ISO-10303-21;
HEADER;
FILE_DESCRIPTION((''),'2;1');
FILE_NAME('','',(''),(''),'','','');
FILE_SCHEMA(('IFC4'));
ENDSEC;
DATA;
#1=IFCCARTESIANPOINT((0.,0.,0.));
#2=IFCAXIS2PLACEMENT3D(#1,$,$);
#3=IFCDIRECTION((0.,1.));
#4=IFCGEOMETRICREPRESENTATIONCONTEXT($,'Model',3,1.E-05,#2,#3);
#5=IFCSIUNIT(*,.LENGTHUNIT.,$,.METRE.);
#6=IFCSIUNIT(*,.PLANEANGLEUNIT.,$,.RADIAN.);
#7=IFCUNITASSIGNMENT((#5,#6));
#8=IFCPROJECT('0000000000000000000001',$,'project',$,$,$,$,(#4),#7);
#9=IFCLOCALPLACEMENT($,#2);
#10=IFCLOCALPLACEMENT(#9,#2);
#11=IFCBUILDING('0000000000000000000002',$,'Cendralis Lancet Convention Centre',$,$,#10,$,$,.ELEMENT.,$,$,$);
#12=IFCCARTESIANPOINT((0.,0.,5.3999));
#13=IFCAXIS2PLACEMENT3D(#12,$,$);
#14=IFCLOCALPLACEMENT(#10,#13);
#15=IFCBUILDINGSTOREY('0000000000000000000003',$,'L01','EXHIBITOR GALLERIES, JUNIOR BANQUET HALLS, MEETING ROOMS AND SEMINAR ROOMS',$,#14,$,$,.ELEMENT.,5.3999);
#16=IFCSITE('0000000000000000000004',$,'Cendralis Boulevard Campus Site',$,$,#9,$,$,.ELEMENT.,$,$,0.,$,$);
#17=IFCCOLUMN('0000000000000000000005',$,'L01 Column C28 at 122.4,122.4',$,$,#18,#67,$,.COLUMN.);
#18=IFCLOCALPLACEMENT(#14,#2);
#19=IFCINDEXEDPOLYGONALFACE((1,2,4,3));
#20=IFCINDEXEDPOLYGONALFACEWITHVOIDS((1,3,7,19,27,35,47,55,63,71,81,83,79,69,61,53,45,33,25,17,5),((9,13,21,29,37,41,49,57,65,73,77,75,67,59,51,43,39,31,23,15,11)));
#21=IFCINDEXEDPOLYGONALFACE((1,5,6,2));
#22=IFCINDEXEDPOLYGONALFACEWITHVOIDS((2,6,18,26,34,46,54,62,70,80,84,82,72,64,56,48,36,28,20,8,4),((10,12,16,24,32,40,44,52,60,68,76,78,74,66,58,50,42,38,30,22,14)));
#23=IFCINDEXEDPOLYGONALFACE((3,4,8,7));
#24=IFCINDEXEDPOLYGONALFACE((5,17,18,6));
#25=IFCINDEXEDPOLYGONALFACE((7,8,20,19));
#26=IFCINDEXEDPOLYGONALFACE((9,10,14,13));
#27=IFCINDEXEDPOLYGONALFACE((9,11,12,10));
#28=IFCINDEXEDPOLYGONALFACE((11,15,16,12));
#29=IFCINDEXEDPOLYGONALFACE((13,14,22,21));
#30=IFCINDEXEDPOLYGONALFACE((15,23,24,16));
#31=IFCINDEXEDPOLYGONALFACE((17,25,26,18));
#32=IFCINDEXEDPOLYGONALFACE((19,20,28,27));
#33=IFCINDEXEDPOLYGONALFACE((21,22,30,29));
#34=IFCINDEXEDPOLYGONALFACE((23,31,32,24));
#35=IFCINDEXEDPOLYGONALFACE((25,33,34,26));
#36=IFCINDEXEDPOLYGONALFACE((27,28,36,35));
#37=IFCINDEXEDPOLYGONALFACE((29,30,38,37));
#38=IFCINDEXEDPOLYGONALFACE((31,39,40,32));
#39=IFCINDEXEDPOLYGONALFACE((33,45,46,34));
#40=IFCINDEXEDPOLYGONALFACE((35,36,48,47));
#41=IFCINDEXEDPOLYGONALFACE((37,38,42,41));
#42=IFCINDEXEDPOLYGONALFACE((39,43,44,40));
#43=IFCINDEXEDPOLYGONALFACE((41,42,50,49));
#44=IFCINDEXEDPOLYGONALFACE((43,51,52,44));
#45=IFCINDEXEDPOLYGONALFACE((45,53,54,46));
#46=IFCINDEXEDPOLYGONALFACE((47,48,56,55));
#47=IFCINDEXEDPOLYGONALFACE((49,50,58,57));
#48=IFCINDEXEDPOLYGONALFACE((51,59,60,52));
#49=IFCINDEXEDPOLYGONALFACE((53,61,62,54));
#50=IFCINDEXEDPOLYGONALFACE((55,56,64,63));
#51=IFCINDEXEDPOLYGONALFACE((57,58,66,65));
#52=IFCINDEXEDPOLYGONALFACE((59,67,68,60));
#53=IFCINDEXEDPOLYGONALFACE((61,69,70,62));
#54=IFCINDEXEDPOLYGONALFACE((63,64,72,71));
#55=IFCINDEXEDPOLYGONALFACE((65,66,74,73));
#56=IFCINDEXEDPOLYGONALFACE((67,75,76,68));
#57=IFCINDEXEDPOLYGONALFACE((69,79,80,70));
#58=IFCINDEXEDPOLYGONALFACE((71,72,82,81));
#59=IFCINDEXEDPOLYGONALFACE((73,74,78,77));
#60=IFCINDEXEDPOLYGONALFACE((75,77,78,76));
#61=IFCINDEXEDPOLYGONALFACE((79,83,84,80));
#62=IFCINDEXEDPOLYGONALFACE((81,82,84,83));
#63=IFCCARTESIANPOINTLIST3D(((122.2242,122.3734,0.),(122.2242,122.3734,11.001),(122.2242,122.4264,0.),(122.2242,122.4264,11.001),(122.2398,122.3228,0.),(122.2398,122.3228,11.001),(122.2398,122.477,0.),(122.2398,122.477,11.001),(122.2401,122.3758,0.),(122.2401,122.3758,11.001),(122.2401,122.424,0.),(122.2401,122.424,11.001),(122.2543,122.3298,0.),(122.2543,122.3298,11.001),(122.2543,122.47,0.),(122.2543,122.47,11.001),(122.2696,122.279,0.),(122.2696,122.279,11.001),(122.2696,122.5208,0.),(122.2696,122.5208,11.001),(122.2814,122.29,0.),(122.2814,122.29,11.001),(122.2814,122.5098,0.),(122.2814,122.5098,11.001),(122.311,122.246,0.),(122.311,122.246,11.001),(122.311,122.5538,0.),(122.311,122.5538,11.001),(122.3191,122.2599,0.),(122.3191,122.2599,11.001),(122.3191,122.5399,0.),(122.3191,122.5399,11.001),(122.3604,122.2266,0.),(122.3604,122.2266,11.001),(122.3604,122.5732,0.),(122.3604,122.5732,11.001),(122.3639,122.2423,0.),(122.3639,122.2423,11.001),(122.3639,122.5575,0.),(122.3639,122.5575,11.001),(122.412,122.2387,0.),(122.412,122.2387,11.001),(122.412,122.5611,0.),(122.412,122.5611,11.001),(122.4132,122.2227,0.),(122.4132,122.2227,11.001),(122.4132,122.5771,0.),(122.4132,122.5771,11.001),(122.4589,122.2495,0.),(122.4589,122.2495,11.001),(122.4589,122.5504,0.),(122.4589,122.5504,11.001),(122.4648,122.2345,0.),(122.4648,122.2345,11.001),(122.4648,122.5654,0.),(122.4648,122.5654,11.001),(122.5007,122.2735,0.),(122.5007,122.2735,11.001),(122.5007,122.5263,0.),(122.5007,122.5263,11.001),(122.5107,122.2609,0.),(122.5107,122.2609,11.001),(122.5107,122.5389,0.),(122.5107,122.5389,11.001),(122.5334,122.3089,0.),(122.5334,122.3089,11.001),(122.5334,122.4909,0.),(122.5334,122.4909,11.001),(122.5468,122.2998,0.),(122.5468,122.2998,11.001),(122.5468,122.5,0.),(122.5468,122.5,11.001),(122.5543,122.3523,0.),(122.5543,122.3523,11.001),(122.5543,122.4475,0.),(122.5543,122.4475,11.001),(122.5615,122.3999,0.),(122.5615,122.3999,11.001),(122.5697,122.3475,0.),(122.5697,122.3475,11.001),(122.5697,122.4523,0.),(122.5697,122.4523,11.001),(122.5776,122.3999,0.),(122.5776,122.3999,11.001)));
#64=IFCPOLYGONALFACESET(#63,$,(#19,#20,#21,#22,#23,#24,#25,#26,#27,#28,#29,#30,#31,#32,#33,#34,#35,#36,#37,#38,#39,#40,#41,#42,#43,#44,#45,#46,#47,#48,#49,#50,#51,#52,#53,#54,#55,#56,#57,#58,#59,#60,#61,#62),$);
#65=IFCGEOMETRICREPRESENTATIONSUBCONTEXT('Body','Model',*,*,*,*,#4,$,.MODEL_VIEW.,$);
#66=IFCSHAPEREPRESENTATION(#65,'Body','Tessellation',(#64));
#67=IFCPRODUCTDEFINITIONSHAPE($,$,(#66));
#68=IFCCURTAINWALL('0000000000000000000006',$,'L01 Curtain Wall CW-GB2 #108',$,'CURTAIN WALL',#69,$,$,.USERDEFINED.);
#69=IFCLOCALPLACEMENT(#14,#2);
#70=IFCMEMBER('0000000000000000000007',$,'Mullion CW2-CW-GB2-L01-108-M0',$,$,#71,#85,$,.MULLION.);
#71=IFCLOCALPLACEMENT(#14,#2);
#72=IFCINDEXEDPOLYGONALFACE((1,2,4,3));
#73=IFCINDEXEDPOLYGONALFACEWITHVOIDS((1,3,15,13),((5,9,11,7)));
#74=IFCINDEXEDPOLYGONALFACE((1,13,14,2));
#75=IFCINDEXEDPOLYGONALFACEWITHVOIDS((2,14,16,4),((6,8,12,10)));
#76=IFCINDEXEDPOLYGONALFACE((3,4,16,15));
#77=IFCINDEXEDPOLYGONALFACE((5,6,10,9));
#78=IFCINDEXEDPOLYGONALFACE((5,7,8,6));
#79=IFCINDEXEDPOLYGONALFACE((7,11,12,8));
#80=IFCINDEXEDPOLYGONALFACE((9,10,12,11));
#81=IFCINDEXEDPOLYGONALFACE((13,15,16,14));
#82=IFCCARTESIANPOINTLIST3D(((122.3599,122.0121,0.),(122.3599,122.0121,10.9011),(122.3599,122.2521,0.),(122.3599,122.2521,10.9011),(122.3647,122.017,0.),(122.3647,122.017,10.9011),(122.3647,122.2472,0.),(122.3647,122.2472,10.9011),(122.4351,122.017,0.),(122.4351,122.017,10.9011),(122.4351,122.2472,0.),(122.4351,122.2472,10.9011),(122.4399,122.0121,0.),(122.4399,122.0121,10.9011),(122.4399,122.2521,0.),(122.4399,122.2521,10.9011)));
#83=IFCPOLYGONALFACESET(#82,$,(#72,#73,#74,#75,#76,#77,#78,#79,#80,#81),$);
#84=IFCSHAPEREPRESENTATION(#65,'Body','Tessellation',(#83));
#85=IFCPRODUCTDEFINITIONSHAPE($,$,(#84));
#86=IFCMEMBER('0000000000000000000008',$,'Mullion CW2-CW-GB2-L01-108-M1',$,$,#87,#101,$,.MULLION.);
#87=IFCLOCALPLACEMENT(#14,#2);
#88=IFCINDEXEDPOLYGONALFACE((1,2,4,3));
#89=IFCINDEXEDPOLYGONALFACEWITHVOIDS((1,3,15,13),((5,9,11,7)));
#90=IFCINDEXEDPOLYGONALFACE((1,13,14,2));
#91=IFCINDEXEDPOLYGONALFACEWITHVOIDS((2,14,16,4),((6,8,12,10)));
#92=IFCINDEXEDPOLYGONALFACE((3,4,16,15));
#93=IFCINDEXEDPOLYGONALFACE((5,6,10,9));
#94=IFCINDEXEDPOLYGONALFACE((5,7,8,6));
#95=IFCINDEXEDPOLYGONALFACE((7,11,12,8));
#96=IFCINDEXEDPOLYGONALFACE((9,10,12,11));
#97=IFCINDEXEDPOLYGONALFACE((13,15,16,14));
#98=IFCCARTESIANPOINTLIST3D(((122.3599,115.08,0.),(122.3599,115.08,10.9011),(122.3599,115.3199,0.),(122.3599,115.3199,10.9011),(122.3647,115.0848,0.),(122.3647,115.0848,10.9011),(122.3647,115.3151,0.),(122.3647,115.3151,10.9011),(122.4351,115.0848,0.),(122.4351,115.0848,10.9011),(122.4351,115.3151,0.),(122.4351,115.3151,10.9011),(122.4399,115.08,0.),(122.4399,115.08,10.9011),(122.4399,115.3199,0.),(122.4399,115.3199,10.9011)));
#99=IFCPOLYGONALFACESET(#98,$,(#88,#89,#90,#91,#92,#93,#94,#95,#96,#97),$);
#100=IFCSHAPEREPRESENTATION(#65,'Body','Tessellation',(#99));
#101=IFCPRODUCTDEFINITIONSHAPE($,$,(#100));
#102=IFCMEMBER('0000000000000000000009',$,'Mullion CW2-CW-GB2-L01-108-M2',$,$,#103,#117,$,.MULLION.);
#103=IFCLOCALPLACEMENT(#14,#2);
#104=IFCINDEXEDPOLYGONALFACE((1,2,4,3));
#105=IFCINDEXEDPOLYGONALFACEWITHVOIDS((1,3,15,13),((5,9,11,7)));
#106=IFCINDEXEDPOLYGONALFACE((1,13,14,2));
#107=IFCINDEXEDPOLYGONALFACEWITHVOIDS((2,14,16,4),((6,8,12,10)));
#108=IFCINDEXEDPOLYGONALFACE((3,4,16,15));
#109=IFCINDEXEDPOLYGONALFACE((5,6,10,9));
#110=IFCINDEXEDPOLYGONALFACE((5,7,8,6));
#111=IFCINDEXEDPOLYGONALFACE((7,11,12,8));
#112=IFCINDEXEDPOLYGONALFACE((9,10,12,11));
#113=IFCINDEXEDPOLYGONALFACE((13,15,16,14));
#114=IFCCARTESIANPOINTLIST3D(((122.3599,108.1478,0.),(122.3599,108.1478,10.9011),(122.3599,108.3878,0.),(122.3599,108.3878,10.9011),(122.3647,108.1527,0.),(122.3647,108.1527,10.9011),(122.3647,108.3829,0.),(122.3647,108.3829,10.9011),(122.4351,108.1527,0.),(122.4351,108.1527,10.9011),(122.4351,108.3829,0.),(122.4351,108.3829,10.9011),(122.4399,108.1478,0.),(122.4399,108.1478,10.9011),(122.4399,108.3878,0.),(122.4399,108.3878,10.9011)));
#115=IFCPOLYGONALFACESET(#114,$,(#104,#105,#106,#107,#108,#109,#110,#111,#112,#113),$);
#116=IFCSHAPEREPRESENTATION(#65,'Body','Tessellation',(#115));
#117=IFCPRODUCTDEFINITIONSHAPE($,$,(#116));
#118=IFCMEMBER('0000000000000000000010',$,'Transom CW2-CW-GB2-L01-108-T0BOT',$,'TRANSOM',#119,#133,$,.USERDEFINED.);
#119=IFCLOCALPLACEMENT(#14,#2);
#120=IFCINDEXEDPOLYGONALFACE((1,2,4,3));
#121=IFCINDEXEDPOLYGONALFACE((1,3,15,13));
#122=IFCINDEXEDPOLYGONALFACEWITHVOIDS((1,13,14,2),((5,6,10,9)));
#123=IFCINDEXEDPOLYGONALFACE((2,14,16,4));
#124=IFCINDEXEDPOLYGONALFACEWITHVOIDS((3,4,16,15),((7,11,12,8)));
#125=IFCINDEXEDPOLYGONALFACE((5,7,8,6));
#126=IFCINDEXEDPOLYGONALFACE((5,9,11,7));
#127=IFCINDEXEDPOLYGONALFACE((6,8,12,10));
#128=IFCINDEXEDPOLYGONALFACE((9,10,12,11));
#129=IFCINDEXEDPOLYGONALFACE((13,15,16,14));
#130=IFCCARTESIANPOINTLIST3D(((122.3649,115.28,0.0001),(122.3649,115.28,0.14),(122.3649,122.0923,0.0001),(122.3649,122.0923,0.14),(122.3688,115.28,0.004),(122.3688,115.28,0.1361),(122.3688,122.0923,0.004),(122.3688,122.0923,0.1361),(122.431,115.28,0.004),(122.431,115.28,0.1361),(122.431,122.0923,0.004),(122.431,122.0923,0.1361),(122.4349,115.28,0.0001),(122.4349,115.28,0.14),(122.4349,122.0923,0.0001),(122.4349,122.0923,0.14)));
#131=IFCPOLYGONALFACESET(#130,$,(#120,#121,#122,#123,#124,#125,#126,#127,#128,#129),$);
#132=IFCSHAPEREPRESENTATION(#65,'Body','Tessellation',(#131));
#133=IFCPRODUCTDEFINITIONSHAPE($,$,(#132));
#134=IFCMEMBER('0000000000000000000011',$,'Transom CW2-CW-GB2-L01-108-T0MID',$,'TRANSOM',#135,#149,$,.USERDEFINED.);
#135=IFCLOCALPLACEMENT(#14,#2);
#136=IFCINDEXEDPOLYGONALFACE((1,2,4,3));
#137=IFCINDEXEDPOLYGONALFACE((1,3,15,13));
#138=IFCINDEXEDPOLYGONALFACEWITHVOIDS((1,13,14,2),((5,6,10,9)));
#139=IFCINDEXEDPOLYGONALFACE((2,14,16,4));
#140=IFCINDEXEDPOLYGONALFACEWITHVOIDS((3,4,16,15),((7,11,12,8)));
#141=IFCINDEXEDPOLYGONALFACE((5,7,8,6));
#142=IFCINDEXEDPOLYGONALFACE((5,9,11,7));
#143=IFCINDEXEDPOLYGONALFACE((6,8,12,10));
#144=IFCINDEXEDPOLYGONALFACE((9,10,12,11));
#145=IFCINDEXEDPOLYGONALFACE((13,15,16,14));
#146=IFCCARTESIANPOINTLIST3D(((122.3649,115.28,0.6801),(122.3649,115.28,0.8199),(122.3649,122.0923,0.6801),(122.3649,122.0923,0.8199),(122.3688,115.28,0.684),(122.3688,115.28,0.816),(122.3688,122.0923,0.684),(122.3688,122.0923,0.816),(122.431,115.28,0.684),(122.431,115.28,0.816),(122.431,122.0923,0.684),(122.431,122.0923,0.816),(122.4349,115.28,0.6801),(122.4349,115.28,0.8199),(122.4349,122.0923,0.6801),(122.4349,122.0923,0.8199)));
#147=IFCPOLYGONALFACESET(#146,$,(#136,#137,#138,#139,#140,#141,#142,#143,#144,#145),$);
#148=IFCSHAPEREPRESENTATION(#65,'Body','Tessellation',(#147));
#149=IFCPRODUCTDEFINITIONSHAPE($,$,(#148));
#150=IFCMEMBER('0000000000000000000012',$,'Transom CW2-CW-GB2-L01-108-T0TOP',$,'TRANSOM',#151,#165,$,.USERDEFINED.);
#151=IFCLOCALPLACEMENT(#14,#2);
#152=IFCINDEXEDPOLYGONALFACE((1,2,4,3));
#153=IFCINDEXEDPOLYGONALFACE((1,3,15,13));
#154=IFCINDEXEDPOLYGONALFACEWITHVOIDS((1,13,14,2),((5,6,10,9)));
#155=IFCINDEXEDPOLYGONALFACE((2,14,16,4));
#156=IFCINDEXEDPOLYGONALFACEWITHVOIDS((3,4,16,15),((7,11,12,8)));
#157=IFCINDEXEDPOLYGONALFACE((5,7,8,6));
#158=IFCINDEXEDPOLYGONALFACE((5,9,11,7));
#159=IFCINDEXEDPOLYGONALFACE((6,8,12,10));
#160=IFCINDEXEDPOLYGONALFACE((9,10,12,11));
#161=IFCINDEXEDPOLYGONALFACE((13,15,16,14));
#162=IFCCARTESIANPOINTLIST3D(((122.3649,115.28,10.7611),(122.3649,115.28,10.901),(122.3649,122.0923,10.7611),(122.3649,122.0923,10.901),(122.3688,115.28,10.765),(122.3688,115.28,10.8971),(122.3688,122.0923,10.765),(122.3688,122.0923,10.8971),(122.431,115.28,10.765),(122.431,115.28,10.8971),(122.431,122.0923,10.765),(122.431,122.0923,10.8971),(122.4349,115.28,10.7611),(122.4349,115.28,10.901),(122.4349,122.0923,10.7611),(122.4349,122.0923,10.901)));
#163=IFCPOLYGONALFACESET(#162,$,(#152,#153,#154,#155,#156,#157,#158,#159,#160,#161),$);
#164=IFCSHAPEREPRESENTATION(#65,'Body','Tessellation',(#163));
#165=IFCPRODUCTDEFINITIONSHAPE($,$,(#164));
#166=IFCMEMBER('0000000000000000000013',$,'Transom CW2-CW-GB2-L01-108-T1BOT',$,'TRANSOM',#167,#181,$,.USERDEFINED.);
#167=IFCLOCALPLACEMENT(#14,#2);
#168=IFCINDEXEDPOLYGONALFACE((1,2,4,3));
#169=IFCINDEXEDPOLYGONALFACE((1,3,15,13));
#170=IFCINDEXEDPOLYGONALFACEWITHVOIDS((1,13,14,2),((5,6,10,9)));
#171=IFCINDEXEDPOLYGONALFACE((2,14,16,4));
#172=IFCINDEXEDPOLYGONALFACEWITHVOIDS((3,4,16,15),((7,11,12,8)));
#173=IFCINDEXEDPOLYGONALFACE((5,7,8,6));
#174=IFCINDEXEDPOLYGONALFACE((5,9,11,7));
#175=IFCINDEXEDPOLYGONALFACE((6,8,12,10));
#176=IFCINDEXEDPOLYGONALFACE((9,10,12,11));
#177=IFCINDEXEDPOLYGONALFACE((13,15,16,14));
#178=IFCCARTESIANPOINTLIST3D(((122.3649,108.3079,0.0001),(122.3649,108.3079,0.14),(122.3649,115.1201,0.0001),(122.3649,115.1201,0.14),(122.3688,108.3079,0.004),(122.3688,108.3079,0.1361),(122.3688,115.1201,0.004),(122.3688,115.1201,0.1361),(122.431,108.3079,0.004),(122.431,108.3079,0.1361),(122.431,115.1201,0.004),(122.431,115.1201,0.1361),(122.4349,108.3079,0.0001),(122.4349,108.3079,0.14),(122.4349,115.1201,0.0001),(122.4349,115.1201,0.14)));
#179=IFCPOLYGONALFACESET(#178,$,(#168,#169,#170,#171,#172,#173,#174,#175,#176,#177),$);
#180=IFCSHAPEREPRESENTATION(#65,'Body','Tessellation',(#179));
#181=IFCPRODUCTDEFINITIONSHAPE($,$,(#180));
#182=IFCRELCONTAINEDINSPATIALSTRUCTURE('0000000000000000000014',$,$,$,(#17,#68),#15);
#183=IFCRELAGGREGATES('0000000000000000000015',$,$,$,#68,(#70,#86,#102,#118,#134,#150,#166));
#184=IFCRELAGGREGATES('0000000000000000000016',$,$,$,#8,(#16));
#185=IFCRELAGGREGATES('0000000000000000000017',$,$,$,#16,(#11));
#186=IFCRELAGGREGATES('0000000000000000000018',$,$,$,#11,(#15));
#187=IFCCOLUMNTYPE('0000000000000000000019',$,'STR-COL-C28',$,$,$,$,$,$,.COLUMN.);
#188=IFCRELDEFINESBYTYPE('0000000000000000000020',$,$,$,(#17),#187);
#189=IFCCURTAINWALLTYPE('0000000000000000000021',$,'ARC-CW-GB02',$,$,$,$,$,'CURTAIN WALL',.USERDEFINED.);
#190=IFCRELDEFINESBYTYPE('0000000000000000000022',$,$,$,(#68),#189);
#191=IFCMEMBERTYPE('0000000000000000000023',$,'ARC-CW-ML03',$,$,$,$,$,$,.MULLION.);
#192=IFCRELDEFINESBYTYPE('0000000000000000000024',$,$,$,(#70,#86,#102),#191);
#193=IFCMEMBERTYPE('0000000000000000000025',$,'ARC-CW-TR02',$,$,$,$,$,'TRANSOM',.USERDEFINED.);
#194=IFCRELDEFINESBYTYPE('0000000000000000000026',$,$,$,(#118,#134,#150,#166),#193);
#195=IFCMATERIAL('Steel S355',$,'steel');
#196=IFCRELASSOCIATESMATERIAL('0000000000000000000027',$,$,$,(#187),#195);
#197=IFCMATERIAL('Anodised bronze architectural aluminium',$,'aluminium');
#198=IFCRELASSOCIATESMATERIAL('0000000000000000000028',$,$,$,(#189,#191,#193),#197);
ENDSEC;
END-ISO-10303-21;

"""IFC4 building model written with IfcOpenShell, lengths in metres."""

from ifc_helpers import new_model, si_unit, direction, frame, origin, origin_2d, place, context, subcontext, project, spatial, hollow_rectangle, hollow_circle, extrude, material, material_profile, profile_set, type_object, element, aggregate, save


model = new_model("IFC4")

# Units and contexts
model_context = context("Model", 3, precision=1e-05, world=origin(), true_north=direction((0.0, 1.0)))
body_context = subcontext(model_context, "Body", "Model", "MODEL_VIEW")
ifc_project = project(units=[si_unit("LENGTHUNIT", "METRE"), si_unit("PLANEANGLEUNIT", "RADIAN")], contexts=[model_context])

# Site, building, storey
site_placement = place(None, origin())
site = spatial("IfcSite", under=ifc_project, at=site_placement, Name="Cendralis Boulevard Campus Site", CompositionType="ELEMENT", RefElevation=0.0)
building_placement = place(site_placement, origin())
building = spatial("IfcBuilding", under=site, at=building_placement, Name="Cendralis Lancet Convention Centre", CompositionType="ELEMENT")
storey_placement = place(building_placement, frame((0.0, 0.0, 5.3999)))
storey = spatial("IfcBuildingStorey", under=building, at=storey_placement, Name="L01", Description="EXHIBITOR GALLERIES, JUNIOR BANQUET HALLS, MEETING ROOMS AND SEMINAR ROOMS", CompositionType="ELEMENT", Elevation=5.3999)

# Column
ifc_material_1 = material(Name="Steel S355", Category="steel")
ifc_material_profile_1 = material_profile(ifc_material_1, hollow_circle(Radius=0.1777, WallThickness=0.0161, at=origin_2d()), Name="CHS 355.6x16.0")
ifc_profile_set_1 = profile_set([ifc_material_profile_1], Name="Steel S355")
column_type = type_object("IfcColumnType", Name="STR-COL-C28", PredefinedType="COLUMN", material=ifc_profile_set_1)
column_placement = place(storey_placement, frame((122.3999, 122.3999, 0.0), z_axis=(0.0, 0.0, 1.0), x_axis=(1.0, 0.0, 0.0)))
element("IfcColumn", 1, at=column_placement, inside=storey, type_object=column_type, Name="L01 Column C28 at 122.4,122.4", PredefinedType="COLUMN", context=body_context, shape_type="SweptSolid", body=[
    extrude(hollow_circle(Radius=0.1777, WallThickness=0.0161, at=origin_2d()), origin(), (0.0, 0.0, 1.0), 11.001),
])

# Curtain wall, members
ifc_material_2 = material(Name="Anodised bronze architectural aluminium", Category="aluminium")
curtain_wall_type = type_object("IfcCurtainWallType", Name="ARC-CW-GB02", ElementType="CURTAIN WALL", PredefinedType="USERDEFINED", material=ifc_material_2)
curtain_wall_placement = place(storey_placement, origin())
curtain_wall = element("IfcCurtainWall", 2, at=curtain_wall_placement, inside=storey, type_object=curtain_wall_type, Name="L01 Curtain Wall CW-GB2 #108", ObjectType="CURTAIN WALL", PredefinedType="USERDEFINED")
ifc_material_profile_2 = material_profile(ifc_material_2, hollow_rectangle(XDim=0.0801, YDim=0.24, WallThickness=0.0049, at=origin_2d()), Name="AL-MULL 80x240x5.0")
ifc_profile_set_2 = profile_set([ifc_material_profile_2], Name="Anodised bronze architectural aluminium")
member_type_1 = type_object("IfcMemberType", Name="ARC-CW-ML03", PredefinedType="MULLION", material=ifc_profile_set_2)
member_1_placement = place(storey_placement, frame((122.3999, 122.1321, 0.0), z_axis=(0.0, 0.0, 1.0), x_axis=(1.0, 0.0, 0.0)))
member_1 = element("IfcMember", 3, at=member_1_placement, type_object=member_type_1, Name="Mullion CW2-CW-GB2-L01-108-M0", PredefinedType="MULLION", context=body_context, shape_type="SweptSolid", body=[
    extrude(hollow_rectangle(XDim=0.0801, YDim=0.24, WallThickness=0.0049, at=origin_2d()), origin(), (0.0, 0.0, 1.0), 10.9011),
])
member_2_placement = place(storey_placement, frame((122.3999, 115.2, 0.0), z_axis=(0.0, 0.0, 1.0), x_axis=(1.0, 0.0, 0.0)))
member_2 = element("IfcMember", 4, at=member_2_placement, type_object=member_type_1, Name="Mullion CW2-CW-GB2-L01-108-M1", PredefinedType="MULLION", context=body_context, shape_type="SweptSolid", body=[
    extrude(hollow_rectangle(XDim=0.0801, YDim=0.24, WallThickness=0.0049, at=origin_2d()), origin(), (0.0, 0.0, 1.0), 10.9011),
])
member_3_placement = place(storey_placement, frame((122.3999, 108.2678, 0.0), z_axis=(0.0, 0.0, 1.0), x_axis=(1.0, 0.0, 0.0)))
member_3 = element("IfcMember", 5, at=member_3_placement, type_object=member_type_1, Name="Mullion CW2-CW-GB2-L01-108-M2", PredefinedType="MULLION", context=body_context, shape_type="SweptSolid", body=[
    extrude(hollow_rectangle(XDim=0.0801, YDim=0.24, WallThickness=0.0049, at=origin_2d()), origin(), (0.0, 0.0, 1.0), 10.9011),
])
ifc_material_profile_3 = material_profile(ifc_material_2, hollow_rectangle(XDim=0.0701, YDim=0.1399, WallThickness=0.0039, at=origin_2d()), Name="AL-TRAN 70x140x4.0")
ifc_profile_set_3 = profile_set([ifc_material_profile_3], Name="Anodised bronze architectural aluminium")
member_type_2 = type_object("IfcMemberType", Name="ARC-CW-TR02", ElementType="TRANSOM", PredefinedType="USERDEFINED", material=ifc_profile_set_3)
member_4_placement = place(storey_placement, frame((122.3999, 122.0923, 0.0701), z_axis=(0.0, -1.0, 0.0), x_axis=(1.0, 0.0, 0.0)))
member_4 = element("IfcMember", 6, at=member_4_placement, type_object=member_type_2, Name="Transom CW2-CW-GB2-L01-108-T0BOT", ObjectType="TRANSOM", PredefinedType="USERDEFINED", context=body_context, shape_type="SweptSolid", body=[
    extrude(hollow_rectangle(XDim=0.0701, YDim=0.1399, WallThickness=0.0039, at=origin_2d()), origin(), (0.0, 0.0, 1.0), 6.8123),
])
member_5_placement = place(storey_placement, frame((122.3999, 122.0923, 0.75), z_axis=(0.0, -1.0, 0.0), x_axis=(1.0, 0.0, 0.0)))
member_5 = element("IfcMember", 7, at=member_5_placement, type_object=member_type_2, Name="Transom CW2-CW-GB2-L01-108-T0MID", ObjectType="TRANSOM", PredefinedType="USERDEFINED", context=body_context, shape_type="SweptSolid", body=[
    extrude(hollow_rectangle(XDim=0.0701, YDim=0.1399, WallThickness=0.0039, at=origin_2d()), origin(), (0.0, 0.0, 1.0), 6.8123),
])
member_6_placement = place(storey_placement, frame((122.3999, 122.0923, 10.8311), z_axis=(0.0, -1.0, 0.0), x_axis=(1.0, 0.0, 0.0)))
member_6 = element("IfcMember", 8, at=member_6_placement, type_object=member_type_2, Name="Transom CW2-CW-GB2-L01-108-T0TOP", ObjectType="TRANSOM", PredefinedType="USERDEFINED", context=body_context, shape_type="SweptSolid", body=[
    extrude(hollow_rectangle(XDim=0.0701, YDim=0.1399, WallThickness=0.0039, at=origin_2d()), origin(), (0.0, 0.0, 1.0), 6.8123),
])
member_7_placement = place(storey_placement, frame((122.3999, 115.1201, 0.0701), z_axis=(0.0, -1.0, 0.0), x_axis=(1.0, 0.0, 0.0)))
member_7 = element("IfcMember", 9, at=member_7_placement, type_object=member_type_2, Name="Transom CW2-CW-GB2-L01-108-T1BOT", ObjectType="TRANSOM", PredefinedType="USERDEFINED", context=body_context, shape_type="SweptSolid", body=[
    extrude(hollow_rectangle(XDim=0.0701, YDim=0.1399, WallThickness=0.0039, at=origin_2d()), origin(), (0.0, 0.0, 1.0), 6.8123),
])

aggregate(curtain_wall, [member_1, member_2, member_3, member_4, member_5, member_6, member_7])

save(model, "model.ifc")
